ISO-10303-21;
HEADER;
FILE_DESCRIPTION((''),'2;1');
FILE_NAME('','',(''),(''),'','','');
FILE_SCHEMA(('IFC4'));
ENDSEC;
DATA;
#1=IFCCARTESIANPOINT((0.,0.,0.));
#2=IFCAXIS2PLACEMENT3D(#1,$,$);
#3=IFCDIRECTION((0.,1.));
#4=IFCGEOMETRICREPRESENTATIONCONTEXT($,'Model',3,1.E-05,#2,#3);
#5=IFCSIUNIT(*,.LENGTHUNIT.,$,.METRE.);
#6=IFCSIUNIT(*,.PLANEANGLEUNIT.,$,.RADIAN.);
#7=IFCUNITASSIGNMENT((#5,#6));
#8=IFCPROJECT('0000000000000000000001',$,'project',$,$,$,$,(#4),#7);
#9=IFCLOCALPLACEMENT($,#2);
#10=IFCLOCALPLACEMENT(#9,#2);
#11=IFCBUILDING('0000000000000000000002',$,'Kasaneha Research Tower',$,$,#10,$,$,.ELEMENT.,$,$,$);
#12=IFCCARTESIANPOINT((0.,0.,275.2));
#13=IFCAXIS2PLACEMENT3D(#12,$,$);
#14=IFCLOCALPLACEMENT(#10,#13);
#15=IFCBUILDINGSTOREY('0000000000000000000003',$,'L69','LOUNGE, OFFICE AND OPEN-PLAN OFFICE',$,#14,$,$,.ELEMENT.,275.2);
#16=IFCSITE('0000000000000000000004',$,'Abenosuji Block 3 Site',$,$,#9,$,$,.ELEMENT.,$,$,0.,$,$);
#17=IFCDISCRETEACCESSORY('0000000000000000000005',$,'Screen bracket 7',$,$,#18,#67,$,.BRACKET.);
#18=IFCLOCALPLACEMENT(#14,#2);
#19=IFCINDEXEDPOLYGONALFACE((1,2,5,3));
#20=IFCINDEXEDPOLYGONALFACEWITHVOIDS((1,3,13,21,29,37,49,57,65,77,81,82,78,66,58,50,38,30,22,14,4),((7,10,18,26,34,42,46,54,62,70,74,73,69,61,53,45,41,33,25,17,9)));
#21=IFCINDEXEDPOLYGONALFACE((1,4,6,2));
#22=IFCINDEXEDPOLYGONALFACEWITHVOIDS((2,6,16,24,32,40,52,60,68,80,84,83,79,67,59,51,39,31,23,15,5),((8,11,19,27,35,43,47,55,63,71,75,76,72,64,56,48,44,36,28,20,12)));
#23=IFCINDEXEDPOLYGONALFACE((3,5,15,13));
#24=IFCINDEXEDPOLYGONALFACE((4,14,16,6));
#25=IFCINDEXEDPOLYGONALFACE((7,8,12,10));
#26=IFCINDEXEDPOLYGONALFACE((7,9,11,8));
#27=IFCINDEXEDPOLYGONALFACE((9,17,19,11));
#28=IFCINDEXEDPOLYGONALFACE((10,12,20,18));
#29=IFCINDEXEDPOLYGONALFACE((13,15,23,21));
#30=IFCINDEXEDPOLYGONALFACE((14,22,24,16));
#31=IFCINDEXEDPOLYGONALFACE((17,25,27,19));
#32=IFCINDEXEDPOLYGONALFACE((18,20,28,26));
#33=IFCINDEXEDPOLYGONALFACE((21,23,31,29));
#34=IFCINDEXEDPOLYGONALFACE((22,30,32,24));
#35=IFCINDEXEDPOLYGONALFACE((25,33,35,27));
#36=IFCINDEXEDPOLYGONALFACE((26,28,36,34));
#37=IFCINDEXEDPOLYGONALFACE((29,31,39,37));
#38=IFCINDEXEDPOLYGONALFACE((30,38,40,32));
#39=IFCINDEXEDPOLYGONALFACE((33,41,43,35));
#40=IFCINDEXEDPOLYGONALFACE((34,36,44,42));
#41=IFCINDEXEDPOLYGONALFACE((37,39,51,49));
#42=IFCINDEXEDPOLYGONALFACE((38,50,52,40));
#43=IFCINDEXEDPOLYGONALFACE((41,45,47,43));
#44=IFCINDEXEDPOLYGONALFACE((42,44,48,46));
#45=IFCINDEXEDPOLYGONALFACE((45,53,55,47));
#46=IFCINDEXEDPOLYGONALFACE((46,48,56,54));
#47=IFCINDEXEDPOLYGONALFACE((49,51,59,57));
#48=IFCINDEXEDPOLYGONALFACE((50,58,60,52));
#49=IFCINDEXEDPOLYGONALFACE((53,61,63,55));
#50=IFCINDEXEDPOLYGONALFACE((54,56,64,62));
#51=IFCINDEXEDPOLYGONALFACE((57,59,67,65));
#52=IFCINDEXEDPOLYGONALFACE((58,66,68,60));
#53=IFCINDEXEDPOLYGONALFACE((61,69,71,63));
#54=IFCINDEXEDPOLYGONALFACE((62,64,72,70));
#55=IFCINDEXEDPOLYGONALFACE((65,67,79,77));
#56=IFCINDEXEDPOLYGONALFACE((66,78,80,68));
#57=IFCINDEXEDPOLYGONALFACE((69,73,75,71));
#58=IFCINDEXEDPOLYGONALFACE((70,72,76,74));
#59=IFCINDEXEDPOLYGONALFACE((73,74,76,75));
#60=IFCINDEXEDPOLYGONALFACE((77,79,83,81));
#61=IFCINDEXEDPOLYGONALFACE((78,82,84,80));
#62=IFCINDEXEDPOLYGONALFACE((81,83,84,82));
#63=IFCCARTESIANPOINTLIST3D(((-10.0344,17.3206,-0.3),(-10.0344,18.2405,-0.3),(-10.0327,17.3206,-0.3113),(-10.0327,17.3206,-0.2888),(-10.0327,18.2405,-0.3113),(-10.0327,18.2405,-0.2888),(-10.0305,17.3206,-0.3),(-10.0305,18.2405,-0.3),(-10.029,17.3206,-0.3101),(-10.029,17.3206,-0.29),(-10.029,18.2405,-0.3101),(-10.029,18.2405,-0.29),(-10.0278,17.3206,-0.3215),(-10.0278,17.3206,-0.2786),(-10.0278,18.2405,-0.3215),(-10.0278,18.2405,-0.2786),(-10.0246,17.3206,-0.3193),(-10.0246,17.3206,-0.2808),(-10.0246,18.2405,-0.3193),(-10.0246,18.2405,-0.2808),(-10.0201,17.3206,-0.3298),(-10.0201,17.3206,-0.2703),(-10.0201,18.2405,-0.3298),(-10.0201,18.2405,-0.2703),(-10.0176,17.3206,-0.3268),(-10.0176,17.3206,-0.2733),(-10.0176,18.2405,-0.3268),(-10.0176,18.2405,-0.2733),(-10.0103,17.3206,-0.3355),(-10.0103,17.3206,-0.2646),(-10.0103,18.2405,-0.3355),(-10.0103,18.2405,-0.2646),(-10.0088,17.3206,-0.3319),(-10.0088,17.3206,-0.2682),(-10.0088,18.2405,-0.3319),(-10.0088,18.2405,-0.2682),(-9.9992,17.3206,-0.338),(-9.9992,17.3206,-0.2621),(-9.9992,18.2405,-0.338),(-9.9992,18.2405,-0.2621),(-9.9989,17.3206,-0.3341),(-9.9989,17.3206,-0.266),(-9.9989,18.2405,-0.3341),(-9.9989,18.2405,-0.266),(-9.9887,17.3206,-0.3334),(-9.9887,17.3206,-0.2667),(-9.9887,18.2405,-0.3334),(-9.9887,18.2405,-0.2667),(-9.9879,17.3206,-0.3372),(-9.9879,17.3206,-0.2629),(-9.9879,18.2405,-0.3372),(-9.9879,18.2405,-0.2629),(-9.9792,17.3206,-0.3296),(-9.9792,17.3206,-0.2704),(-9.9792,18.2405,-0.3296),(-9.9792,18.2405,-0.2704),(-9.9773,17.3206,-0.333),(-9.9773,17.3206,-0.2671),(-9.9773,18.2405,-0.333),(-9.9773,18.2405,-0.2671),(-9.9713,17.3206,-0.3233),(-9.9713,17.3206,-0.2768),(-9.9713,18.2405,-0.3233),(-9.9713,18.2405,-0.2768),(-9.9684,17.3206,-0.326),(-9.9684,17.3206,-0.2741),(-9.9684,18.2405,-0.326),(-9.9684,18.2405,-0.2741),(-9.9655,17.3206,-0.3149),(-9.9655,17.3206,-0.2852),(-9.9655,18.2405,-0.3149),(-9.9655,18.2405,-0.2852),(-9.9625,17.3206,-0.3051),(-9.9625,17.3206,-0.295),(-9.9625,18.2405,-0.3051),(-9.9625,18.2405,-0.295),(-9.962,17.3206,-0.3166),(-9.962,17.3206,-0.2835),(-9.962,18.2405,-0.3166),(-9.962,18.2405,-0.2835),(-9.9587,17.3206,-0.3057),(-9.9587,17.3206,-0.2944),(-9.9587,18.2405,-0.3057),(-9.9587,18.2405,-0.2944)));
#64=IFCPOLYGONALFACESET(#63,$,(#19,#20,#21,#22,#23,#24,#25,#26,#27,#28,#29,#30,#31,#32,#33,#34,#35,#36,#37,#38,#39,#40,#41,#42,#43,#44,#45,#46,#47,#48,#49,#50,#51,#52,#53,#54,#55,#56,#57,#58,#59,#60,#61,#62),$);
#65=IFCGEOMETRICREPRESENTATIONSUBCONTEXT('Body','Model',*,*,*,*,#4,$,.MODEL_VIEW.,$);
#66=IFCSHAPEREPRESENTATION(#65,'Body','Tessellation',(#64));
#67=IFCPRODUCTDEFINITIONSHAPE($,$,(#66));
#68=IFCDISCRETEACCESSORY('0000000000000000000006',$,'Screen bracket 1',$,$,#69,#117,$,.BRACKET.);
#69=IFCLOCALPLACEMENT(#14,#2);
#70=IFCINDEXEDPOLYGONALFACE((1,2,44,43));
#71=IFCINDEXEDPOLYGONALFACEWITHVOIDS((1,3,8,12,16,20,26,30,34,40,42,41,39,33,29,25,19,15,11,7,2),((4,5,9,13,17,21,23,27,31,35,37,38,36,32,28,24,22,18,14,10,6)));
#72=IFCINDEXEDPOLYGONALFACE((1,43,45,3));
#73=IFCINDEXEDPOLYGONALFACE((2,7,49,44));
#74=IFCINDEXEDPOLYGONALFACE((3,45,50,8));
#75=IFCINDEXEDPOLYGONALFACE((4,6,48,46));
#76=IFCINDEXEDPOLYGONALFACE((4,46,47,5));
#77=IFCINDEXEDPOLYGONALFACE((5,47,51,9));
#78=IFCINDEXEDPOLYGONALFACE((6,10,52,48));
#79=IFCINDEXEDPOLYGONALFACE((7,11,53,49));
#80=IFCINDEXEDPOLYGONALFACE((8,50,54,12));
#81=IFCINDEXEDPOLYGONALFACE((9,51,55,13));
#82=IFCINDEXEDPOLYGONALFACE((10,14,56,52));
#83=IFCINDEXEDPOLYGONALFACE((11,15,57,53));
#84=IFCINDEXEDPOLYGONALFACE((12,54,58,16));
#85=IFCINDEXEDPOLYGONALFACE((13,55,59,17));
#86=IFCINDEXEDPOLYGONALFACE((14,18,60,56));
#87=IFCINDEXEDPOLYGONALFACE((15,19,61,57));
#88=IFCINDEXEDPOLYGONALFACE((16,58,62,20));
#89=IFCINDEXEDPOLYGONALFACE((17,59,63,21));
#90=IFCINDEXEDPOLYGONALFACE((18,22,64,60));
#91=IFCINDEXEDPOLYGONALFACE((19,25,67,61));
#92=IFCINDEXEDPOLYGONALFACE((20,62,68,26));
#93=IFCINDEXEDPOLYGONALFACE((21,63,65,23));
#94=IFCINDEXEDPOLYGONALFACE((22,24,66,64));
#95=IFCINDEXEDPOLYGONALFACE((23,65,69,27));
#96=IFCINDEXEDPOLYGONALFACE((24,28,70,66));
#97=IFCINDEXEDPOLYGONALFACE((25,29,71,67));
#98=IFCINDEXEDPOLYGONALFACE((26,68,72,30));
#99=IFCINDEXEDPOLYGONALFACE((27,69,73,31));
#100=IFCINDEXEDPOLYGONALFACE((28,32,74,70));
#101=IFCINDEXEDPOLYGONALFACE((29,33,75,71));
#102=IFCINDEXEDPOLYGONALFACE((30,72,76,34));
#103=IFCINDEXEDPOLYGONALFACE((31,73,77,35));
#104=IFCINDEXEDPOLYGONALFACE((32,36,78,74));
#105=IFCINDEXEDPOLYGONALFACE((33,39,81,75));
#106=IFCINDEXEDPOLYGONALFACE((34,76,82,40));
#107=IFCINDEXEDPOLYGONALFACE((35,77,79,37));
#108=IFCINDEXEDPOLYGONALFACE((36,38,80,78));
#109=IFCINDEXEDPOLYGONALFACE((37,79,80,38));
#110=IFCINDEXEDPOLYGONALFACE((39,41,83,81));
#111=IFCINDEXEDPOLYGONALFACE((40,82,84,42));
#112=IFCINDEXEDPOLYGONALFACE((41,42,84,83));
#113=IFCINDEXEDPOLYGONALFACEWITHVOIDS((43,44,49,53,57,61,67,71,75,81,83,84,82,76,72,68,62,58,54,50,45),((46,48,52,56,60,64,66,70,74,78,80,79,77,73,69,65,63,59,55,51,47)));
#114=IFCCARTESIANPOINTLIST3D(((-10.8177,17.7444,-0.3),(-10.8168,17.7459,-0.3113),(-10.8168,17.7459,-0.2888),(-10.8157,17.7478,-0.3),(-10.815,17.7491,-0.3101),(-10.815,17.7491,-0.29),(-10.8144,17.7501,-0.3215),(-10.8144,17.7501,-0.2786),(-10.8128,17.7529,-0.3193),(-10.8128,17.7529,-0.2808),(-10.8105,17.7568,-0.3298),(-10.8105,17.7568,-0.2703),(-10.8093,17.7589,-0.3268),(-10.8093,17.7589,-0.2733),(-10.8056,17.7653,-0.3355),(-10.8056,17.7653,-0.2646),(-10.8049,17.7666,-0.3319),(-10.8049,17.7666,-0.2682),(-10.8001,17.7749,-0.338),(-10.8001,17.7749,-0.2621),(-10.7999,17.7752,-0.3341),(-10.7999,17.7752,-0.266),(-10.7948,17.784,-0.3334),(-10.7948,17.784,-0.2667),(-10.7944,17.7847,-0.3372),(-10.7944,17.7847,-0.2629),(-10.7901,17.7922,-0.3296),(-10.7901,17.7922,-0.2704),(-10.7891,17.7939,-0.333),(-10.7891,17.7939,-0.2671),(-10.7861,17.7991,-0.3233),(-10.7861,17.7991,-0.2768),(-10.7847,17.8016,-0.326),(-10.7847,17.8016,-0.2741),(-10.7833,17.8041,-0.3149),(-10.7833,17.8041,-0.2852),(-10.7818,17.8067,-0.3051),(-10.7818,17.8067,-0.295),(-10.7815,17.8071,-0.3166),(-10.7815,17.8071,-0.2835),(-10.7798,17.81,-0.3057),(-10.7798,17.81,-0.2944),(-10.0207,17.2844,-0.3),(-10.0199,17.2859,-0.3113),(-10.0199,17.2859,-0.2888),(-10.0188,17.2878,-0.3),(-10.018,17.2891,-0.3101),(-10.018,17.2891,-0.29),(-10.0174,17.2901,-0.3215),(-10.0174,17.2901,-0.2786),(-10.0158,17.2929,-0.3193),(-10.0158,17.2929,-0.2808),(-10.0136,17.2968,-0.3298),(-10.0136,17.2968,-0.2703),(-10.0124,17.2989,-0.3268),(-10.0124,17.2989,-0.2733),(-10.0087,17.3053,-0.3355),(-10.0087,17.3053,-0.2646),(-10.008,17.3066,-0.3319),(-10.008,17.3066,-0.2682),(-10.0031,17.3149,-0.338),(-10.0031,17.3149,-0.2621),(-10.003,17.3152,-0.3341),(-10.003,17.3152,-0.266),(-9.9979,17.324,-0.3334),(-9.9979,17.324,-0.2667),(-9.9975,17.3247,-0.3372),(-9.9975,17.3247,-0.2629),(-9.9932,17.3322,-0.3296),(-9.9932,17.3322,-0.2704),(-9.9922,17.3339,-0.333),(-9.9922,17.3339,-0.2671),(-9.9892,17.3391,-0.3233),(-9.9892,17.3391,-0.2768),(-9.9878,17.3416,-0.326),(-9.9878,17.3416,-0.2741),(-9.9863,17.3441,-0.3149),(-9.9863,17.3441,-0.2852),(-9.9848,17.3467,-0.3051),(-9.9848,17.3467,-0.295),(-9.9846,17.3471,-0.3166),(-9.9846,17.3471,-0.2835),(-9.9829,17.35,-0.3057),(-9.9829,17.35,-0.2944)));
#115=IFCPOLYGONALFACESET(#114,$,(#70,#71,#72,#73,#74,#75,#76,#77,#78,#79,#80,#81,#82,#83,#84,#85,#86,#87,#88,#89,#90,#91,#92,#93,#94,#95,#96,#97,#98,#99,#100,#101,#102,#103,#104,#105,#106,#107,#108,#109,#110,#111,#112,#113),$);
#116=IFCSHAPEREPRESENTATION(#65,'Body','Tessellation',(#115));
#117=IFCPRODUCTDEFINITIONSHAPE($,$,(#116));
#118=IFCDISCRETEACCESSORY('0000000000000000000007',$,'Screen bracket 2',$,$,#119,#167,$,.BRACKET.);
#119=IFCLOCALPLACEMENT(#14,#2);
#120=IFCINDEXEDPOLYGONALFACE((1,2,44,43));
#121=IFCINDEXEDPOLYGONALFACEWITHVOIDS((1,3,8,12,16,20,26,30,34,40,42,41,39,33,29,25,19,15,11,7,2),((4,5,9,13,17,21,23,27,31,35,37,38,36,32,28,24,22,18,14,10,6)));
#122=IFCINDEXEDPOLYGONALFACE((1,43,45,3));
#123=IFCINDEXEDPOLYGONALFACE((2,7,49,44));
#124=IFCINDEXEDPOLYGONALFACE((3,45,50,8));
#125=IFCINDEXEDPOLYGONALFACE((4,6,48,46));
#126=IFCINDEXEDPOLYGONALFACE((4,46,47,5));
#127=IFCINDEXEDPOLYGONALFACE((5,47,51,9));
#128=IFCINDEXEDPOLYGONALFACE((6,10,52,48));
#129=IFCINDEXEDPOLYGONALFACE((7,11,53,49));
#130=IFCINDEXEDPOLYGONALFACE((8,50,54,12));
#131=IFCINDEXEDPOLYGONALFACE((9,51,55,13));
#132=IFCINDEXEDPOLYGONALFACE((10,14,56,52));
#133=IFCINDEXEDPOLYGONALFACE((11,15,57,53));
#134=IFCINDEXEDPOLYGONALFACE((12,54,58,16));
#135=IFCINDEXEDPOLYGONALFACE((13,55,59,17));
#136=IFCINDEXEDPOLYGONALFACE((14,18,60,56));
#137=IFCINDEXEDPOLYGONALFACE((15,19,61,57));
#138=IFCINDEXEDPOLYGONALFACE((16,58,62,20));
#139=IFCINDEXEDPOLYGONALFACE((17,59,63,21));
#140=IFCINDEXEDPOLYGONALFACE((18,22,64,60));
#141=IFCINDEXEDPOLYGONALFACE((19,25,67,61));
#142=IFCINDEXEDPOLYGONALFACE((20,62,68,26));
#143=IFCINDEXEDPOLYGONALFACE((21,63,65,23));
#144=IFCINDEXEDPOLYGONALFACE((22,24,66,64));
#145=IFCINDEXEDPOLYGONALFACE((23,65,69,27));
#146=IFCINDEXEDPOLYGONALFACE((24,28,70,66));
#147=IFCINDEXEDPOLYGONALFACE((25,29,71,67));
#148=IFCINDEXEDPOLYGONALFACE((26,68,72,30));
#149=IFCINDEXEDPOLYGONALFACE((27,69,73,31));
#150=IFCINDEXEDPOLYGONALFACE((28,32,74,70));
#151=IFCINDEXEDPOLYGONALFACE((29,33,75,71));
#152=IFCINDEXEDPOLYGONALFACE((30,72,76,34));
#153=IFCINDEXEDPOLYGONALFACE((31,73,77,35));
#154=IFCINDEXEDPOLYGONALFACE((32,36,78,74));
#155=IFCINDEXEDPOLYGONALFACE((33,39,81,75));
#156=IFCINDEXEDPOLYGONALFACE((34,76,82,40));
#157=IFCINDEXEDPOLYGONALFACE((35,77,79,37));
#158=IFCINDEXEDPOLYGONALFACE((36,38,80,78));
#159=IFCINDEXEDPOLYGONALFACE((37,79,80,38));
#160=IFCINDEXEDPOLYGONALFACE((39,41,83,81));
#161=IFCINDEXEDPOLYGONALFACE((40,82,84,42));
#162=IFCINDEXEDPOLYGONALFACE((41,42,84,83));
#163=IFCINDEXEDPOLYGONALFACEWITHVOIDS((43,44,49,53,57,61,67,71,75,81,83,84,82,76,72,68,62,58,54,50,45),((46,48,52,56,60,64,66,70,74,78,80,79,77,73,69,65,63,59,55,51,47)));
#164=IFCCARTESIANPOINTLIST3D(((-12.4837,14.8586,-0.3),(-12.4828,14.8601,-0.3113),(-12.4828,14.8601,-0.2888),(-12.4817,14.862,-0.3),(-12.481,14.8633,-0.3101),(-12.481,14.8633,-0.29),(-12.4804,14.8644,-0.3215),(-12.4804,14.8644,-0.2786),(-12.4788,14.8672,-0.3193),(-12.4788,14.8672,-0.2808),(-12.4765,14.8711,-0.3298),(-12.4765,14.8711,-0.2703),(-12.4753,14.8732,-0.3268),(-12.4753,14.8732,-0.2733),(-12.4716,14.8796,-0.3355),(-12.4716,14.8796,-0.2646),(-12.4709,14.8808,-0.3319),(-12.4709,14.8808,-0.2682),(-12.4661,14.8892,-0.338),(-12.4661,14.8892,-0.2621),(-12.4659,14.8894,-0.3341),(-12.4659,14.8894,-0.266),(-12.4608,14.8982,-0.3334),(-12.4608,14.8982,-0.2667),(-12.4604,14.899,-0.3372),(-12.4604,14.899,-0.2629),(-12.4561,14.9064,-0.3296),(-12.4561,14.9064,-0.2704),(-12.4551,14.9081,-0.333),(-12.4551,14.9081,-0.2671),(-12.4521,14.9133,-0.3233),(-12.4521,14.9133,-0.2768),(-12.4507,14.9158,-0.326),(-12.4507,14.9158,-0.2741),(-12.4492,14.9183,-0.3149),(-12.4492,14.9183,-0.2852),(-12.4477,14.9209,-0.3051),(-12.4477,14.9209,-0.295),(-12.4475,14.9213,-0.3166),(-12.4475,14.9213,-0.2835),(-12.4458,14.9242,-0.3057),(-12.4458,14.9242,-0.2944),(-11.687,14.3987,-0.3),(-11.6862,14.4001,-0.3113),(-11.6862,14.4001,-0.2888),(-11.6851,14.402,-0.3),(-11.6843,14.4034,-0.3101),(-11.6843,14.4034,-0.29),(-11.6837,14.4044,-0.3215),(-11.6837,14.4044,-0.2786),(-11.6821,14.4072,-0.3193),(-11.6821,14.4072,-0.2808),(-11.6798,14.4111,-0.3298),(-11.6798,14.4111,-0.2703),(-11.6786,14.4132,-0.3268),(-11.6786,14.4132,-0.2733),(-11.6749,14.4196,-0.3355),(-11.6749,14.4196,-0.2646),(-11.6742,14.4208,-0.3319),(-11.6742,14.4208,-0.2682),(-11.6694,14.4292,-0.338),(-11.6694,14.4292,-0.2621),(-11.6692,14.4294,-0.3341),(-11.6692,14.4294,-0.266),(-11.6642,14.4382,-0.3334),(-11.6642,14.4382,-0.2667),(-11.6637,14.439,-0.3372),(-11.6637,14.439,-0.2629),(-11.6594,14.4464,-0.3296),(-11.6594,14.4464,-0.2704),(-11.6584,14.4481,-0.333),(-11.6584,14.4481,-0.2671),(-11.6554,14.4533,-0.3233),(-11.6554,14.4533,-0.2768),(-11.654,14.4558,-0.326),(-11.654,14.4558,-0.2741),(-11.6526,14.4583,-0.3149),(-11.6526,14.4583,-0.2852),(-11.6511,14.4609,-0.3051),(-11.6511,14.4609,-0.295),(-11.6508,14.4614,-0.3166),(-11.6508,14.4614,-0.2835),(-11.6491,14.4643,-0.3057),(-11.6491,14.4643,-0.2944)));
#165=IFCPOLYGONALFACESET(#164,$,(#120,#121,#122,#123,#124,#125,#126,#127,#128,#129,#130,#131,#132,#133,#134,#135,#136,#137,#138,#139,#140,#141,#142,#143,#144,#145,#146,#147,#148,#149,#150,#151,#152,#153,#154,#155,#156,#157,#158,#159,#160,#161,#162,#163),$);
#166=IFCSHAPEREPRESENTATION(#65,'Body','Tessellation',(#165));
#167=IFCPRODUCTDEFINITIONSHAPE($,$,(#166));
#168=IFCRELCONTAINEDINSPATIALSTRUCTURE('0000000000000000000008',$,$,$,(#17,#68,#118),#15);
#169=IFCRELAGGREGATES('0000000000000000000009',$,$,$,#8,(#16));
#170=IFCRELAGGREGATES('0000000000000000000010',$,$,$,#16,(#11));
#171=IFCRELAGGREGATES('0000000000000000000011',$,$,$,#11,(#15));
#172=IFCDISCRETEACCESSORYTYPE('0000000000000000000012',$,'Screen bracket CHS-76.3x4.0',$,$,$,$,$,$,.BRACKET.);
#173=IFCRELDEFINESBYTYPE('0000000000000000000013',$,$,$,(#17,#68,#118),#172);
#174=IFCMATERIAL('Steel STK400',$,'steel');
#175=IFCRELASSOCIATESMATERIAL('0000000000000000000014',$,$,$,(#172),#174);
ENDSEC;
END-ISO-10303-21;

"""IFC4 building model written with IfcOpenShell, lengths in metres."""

from ifc_helpers import new_model, si_unit, direction, frame, origin, origin_2d, place, context, subcontext, project, spatial, hollow_circle, extrude, material, material_profile, profile_set, type_object, element, save


model = new_model("IFC4")

# Units and contexts
model_context = context("Model", 3, precision=1e-05, world=origin(), true_north=direction((0.0, 1.0)))
body_context = subcontext(model_context, "Body", "Model", "MODEL_VIEW")
ifc_project = project(units=[si_unit("LENGTHUNIT", "METRE"), si_unit("PLANEANGLEUNIT", "RADIAN")], contexts=[model_context])

# Site, building, storey
site_placement = place(None, origin())
site = spatial("IfcSite", under=ifc_project, at=site_placement, Name="Abenosuji Block 3 Site", CompositionType="ELEMENT", RefElevation=0.0)
building_placement = place(site_placement, origin())
building = spatial("IfcBuilding", under=site, at=building_placement, Name="Kasaneha Research Tower", CompositionType="ELEMENT")
storey_placement = place(building_placement, frame((0.0, 0.0, 275.2)))
storey = spatial("IfcBuildingStorey", under=building, at=storey_placement, Name="L69", Description="LOUNGE, OFFICE AND OPEN-PLAN OFFICE", CompositionType="ELEMENT", Elevation=275.2)

# Discrete accessories
ifc_material_1 = material(Name="Steel STK400", Category="steel")
ifc_material_profile_1 = material_profile(ifc_material_1, hollow_circle(Radius=0.0381, WallThickness=0.0039, at=origin_2d()), Name="CHS-76.3x4.0")
ifc_profile_set_1 = profile_set([ifc_material_profile_1], Name="Steel STK400")
discrete_accessory_type = type_object("IfcDiscreteAccessoryType", Name="Screen bracket CHS-76.3x4.0", PredefinedType="BRACKET", material=ifc_profile_set_1)
discrete_accessory_1_placement = place(storey_placement, frame((-9.9963, 17.3206, -0.3), z_axis=(0.0, 1.0, 0.0), x_axis=(-1.0, 0.0, 0.0)))
element("IfcDiscreteAccessory", 1, at=discrete_accessory_1_placement, inside=storey, type_object=discrete_accessory_type, Name="Screen bracket 7", PredefinedType="BRACKET", context=body_context, shape_type="SweptSolid", body=[
    extrude(hollow_circle(Radius=0.0381, WallThickness=0.0039, at=origin_2d()), origin(), (0.0, 0.0, 1.0), 0.9199),
])
discrete_accessory_2_placement = place(storey_placement, frame((-10.0017, 17.3174, -0.3), z_axis=(-0.86608, 0.499906, 0.0), x_axis=(-0.499906, -0.86608, 0.0)))
element("IfcDiscreteAccessory", 2, at=discrete_accessory_2_placement, inside=storey, type_object=discrete_accessory_type, Name="Screen bracket 1", PredefinedType="BRACKET", context=body_context, shape_type="SweptSolid", body=[
    extrude(hollow_circle(Radius=0.0381, WallThickness=0.0039, at=origin_2d()), origin(), (0.0, 0.0, 1.0), 0.9202),
])
for number, where, z_axis, x_axis, name in (
    (3, (-11.668, 14.4316, -0.3), (-0.866013, 0.500021, 0.0), (-0.500021, -0.866013, 0.0), "Screen bracket 2"),
):
    element("IfcDiscreteAccessory", number, at=place(storey_placement, frame(where, z_axis=z_axis, x_axis=x_axis)), inside=storey, type_object=discrete_accessory_type, Name=name, PredefinedType="BRACKET", context=body_context, shape_type="SweptSolid", body=[
        extrude(hollow_circle(Radius=0.0381, WallThickness=0.0039, at=origin_2d()), origin(), (0.0, 0.0, 1.0), 0.9199),
    ])

save(model, "model.ifc")
